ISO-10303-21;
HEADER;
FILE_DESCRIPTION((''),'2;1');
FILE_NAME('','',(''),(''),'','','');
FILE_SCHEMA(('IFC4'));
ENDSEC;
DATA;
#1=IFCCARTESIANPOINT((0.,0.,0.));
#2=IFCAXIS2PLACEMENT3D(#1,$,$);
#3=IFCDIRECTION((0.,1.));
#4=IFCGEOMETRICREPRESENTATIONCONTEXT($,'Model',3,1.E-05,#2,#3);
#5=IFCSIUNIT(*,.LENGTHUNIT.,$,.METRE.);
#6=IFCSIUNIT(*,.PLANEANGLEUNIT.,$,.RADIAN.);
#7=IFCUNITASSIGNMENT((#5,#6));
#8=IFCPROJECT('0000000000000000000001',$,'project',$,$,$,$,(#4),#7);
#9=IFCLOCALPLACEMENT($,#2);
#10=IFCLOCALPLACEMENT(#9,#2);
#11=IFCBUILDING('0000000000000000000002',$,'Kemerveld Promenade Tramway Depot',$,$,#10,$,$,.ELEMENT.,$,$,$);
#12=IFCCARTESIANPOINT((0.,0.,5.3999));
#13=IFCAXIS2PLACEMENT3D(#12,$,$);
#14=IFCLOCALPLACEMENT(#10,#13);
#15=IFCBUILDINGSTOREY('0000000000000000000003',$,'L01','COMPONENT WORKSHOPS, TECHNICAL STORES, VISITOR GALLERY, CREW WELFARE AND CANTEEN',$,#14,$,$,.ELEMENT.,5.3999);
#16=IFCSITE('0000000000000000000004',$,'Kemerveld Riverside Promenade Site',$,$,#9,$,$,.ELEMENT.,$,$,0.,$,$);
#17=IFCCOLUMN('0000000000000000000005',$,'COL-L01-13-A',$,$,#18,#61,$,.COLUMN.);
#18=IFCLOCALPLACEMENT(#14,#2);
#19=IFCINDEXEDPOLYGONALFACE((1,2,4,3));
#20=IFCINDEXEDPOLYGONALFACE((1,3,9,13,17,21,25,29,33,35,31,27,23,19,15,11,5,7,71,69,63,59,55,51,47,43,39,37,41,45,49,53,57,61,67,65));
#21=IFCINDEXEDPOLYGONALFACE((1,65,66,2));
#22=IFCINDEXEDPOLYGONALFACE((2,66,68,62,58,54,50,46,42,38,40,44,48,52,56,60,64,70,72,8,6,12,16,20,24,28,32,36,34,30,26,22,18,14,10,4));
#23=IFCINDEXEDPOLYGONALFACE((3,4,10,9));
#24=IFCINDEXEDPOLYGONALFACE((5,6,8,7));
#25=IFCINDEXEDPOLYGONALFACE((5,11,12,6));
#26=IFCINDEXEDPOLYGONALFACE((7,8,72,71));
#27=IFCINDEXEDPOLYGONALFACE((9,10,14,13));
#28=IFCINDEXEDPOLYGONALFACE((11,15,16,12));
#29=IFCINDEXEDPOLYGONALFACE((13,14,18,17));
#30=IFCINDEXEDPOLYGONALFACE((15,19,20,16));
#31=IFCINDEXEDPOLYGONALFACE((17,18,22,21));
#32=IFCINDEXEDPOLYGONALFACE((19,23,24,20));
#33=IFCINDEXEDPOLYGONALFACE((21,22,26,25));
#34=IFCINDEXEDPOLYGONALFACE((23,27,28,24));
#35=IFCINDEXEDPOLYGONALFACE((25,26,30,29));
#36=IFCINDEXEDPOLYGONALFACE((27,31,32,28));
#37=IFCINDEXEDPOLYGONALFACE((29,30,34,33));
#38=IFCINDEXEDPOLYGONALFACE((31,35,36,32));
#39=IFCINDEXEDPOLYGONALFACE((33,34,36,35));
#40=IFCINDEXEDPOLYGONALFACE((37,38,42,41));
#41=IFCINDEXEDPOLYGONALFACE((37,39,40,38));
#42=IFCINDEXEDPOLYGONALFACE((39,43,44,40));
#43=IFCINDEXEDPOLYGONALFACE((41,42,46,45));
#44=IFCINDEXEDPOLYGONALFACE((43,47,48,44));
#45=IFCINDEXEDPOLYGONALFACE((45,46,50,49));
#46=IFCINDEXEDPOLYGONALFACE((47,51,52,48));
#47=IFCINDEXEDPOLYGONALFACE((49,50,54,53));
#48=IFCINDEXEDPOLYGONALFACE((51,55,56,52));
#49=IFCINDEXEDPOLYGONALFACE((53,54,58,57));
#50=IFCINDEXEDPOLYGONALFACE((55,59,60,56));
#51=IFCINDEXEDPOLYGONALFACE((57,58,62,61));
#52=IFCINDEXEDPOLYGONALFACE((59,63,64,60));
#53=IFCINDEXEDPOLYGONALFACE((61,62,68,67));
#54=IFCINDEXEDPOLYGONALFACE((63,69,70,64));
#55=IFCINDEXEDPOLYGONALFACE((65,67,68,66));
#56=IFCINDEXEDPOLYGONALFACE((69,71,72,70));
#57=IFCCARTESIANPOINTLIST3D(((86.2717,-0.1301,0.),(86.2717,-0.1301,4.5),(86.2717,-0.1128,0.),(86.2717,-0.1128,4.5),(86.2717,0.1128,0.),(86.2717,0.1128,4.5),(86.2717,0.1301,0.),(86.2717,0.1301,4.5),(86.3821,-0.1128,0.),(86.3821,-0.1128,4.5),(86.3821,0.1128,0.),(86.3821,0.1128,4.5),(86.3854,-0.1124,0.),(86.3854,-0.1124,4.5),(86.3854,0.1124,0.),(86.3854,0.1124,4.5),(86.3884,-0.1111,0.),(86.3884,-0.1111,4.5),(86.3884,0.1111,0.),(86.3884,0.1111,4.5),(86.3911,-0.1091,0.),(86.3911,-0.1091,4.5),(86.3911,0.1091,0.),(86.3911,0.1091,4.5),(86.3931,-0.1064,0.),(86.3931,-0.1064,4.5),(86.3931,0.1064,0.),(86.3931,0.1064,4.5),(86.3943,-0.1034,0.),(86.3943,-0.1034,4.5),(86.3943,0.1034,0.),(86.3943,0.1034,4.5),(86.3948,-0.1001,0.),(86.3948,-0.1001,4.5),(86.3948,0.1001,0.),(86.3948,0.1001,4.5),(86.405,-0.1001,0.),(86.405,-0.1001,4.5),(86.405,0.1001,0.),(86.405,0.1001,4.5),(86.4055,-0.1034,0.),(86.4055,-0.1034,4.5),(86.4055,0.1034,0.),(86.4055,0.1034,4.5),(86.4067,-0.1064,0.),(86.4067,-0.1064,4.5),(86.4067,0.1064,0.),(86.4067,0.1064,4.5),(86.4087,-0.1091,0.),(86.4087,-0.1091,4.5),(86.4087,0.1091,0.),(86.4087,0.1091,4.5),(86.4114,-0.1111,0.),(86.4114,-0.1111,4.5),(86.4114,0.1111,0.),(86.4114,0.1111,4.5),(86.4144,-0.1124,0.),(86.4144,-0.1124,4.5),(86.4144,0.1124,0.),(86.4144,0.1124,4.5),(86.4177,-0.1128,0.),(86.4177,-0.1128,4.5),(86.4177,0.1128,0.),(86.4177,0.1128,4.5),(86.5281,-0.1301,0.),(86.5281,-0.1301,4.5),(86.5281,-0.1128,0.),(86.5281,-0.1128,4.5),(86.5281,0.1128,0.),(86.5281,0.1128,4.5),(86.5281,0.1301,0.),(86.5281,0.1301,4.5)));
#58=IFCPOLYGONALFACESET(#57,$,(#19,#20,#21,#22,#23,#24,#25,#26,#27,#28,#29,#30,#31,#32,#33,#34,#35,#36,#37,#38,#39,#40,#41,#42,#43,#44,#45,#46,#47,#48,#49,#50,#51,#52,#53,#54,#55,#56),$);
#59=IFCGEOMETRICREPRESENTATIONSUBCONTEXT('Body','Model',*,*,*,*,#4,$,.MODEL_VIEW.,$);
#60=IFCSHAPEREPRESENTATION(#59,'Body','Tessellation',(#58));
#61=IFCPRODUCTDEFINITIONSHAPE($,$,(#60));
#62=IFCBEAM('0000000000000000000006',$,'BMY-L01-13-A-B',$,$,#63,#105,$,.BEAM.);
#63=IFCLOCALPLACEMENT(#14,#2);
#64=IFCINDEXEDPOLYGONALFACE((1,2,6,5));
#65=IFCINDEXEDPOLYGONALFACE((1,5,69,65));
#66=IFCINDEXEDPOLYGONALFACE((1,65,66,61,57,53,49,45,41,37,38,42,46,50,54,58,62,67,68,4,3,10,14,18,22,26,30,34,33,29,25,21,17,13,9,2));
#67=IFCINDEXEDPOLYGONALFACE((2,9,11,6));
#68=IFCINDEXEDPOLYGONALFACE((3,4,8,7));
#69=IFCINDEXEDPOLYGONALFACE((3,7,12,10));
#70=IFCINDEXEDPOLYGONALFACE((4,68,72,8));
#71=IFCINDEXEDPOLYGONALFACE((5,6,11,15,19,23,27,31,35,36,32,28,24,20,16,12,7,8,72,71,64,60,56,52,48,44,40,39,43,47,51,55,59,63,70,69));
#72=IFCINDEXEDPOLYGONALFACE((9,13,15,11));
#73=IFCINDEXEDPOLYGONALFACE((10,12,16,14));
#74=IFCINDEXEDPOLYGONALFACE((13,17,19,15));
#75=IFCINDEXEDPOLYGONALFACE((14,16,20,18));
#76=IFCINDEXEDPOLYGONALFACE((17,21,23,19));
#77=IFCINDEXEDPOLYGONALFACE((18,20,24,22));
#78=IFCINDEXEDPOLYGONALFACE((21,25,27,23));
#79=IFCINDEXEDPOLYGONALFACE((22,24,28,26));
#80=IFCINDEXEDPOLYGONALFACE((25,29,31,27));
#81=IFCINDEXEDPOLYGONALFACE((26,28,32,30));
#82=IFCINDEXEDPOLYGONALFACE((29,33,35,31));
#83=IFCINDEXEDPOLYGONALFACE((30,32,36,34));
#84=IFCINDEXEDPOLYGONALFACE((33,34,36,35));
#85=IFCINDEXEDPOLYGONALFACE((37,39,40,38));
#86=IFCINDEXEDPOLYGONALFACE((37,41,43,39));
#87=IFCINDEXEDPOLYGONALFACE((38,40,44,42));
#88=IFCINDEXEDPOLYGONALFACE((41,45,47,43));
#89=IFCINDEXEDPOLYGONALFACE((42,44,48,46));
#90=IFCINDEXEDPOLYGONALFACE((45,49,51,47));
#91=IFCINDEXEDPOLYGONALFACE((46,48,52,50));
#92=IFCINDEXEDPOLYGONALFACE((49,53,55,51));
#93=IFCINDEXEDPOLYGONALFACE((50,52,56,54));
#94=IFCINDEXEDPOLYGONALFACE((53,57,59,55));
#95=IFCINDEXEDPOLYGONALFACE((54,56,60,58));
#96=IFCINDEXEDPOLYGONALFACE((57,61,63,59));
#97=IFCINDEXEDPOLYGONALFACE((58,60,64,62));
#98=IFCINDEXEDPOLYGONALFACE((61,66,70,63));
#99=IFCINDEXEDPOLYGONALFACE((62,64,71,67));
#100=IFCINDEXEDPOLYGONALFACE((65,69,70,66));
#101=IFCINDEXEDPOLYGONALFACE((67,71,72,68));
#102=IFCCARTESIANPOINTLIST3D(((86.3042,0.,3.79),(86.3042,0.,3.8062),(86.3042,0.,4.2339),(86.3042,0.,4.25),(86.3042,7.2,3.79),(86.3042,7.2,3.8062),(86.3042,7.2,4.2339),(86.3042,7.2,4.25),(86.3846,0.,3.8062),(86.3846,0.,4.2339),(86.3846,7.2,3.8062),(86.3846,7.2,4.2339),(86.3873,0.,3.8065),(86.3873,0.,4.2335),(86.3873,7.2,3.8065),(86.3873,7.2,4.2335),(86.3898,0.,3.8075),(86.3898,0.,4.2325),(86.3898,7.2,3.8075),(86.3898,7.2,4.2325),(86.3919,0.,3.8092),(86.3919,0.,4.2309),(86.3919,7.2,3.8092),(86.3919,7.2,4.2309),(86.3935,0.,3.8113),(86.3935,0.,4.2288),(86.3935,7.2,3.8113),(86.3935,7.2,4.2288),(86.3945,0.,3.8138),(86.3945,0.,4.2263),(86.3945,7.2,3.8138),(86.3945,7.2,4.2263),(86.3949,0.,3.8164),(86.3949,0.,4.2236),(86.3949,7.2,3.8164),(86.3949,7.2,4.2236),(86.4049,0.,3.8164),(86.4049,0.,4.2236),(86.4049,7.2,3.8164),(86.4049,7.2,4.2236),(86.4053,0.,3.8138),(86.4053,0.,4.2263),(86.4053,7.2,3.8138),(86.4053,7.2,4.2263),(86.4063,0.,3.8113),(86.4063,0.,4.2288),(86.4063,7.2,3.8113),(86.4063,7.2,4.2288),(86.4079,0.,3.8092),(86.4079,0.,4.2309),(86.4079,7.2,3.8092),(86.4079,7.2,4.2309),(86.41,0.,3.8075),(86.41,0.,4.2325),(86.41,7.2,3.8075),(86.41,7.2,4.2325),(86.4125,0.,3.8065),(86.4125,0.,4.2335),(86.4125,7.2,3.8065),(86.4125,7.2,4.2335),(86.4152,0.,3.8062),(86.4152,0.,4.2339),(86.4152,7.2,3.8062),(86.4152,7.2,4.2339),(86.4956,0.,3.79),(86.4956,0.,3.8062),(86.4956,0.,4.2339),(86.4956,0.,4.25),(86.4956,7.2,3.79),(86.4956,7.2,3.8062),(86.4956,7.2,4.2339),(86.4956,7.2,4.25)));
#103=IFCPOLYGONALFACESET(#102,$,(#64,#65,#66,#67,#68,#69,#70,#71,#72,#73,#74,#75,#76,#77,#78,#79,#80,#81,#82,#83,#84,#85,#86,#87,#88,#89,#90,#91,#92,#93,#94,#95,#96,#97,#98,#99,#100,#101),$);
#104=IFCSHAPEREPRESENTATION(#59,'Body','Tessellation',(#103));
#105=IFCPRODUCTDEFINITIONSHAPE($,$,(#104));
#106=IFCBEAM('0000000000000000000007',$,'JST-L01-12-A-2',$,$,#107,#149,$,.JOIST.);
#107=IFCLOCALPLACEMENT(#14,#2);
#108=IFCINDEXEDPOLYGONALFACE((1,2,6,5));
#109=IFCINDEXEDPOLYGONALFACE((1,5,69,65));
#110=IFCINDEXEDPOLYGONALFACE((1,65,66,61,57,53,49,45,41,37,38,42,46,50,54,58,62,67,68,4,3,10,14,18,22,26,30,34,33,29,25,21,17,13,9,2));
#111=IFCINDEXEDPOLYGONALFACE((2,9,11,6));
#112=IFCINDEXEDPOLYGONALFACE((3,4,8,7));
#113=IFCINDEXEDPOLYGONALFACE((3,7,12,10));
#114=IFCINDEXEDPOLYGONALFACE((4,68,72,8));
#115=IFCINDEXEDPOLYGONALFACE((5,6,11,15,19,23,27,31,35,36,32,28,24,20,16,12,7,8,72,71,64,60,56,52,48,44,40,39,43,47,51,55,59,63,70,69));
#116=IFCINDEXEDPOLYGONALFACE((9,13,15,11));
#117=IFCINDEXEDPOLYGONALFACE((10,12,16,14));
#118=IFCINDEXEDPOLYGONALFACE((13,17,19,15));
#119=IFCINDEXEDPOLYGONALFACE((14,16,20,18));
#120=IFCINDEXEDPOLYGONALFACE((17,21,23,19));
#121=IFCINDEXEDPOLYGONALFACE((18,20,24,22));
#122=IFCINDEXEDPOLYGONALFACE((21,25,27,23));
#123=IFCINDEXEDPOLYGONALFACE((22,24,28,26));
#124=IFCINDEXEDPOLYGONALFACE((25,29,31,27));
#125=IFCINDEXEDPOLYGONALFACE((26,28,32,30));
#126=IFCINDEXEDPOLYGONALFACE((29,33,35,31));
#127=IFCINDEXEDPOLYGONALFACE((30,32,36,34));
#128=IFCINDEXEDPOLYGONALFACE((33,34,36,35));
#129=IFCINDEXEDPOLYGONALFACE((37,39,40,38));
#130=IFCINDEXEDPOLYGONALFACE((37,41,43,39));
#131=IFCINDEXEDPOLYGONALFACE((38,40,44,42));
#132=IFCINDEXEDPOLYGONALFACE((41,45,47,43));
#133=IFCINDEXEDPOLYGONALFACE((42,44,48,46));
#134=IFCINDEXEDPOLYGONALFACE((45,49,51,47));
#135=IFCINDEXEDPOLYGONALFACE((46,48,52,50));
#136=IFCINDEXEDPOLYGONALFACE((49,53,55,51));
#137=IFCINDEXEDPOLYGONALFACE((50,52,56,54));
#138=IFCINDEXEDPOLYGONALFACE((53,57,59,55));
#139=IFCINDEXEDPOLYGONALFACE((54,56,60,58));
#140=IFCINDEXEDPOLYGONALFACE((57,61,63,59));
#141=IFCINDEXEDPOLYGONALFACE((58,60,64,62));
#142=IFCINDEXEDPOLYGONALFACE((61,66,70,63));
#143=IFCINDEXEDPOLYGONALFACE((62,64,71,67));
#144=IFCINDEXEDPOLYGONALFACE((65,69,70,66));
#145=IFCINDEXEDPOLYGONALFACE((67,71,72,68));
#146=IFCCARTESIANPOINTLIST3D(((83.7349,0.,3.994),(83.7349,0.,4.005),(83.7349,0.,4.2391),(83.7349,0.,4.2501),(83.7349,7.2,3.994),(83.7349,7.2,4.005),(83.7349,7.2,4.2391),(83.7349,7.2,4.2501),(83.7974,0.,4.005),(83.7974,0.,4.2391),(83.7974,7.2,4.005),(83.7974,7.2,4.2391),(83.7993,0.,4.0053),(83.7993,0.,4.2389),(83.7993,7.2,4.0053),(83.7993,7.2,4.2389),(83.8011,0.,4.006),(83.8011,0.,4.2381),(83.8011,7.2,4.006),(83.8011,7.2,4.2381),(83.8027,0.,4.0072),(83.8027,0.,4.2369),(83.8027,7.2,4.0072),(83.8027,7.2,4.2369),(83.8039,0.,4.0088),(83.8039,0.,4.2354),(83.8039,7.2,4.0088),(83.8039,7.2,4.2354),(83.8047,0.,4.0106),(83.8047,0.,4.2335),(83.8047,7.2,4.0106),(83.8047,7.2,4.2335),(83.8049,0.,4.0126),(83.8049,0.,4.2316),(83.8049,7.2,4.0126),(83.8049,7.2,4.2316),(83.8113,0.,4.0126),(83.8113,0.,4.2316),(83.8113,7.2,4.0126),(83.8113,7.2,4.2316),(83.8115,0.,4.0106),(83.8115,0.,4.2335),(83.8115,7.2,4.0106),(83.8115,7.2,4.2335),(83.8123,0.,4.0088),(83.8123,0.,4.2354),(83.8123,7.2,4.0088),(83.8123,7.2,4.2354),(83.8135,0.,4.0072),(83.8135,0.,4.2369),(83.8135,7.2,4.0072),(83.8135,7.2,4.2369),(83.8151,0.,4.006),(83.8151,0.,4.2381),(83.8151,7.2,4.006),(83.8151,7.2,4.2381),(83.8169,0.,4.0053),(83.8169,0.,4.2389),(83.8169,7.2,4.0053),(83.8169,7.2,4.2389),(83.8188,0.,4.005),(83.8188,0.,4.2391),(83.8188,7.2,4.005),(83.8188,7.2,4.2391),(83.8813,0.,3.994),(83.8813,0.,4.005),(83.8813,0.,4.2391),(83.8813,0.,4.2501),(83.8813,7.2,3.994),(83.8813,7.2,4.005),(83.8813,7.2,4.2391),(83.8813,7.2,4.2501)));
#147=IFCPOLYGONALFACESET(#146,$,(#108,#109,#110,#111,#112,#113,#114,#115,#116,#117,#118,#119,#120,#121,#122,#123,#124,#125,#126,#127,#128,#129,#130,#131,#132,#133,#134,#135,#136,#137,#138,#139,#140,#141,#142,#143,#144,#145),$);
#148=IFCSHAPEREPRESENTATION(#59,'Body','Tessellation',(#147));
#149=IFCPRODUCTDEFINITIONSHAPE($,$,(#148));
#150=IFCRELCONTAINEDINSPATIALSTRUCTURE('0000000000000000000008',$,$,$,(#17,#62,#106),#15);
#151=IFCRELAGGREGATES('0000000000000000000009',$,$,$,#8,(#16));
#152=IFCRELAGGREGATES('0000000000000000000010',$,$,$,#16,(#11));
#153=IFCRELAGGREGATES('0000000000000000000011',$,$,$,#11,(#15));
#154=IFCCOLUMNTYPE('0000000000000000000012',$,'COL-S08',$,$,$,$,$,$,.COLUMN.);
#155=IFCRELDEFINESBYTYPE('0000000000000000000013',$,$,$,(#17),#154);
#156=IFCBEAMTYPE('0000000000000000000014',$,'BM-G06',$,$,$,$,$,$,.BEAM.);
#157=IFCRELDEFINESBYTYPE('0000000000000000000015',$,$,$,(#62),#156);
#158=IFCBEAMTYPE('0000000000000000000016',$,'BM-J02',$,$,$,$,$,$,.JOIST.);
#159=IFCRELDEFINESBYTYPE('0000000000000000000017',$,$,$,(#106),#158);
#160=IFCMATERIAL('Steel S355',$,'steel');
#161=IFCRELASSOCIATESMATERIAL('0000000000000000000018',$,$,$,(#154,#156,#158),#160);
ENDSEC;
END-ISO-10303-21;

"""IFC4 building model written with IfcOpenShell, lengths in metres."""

from ifc_helpers import new_model, si_unit, direction, frame, origin, origin_2d, place, context, subcontext, project, spatial, i_section, extrude, material, material_profile, profile_set, type_object, element, save


model = new_model("IFC4")

# Units and contexts
model_context = context("Model", 3, precision=1e-05, world=origin(), true_north=direction((0.0, 1.0)))
body_context = subcontext(model_context, "Body", "Model", "MODEL_VIEW")
ifc_project = project(units=[si_unit("LENGTHUNIT", "METRE"), si_unit("PLANEANGLEUNIT", "RADIAN")], contexts=[model_context])

# Site, building, storey
site_placement = place(None, origin())
site = spatial("IfcSite", under=ifc_project, at=site_placement, Name="Kemerveld Riverside Promenade Site", CompositionType="ELEMENT", RefElevation=0.0)
building_placement = place(site_placement, origin())
building = spatial("IfcBuilding", under=site, at=building_placement, Name="Kemerveld Promenade Tramway Depot", CompositionType="ELEMENT")
storey_placement = place(building_placement, frame((0.0, 0.0, 5.3999)))
storey = spatial("IfcBuildingStorey", under=building, at=storey_placement, Name="L01", Description="COMPONENT WORKSHOPS, TECHNICAL STORES, VISITOR GALLERY, CREW WELFARE AND CANTEEN", CompositionType="ELEMENT", Elevation=5.3999)

# Column
ifc_material_1 = material(Name="Steel S355", Category="steel")
ifc_material_profile_1 = material_profile(ifc_material_1, i_section(OverallWidth=0.2563, OverallDepth=0.2603, WebThickness=0.0103, FlangeThickness=0.0173, FilletRadius=0.0127, at=origin_2d()), Name="254x254x89 UC")
ifc_profile_set_1 = profile_set([ifc_material_profile_1], Name="Steel S355")
column_type = type_object("IfcColumnType", Name="COL-S08", PredefinedType="COLUMN", material=ifc_profile_set_1)
column_placement = place(storey_placement, frame((86.3999, 0.0, 0.0), z_axis=(0.0, 0.0, 1.0), x_axis=(1.0, 0.0, 0.0)))
element("IfcColumn", 1, at=column_placement, inside=storey, type_object=column_type, Name="COL-L01-13-A", PredefinedType="COLUMN", context=body_context, shape_type="SweptSolid", body=[
    extrude(i_section(OverallWidth=0.2563, OverallDepth=0.2603, WebThickness=0.0103, FlangeThickness=0.0173, FilletRadius=0.0127, at=origin_2d()), origin(), (0.0, 0.0, 1.0), 4.5),
])

# Beams
ifc_material_profile_2 = material_profile(ifc_material_1, i_section(OverallWidth=0.1914, OverallDepth=0.46, WebThickness=0.01, FlangeThickness=0.0161, FilletRadius=0.0103, at=origin_2d()), Name="457x191x82 UB")
ifc_profile_set_2 = profile_set([ifc_material_profile_2], Name="Steel S355")
beam_type_1 = type_object("IfcBeamType", Name="BM-G06", PredefinedType="BEAM", material=ifc_profile_set_2)
beam_1_placement = place(storey_placement, frame((86.3999, 0.0, 4.02), z_axis=(0.0, 1.0, 0.0), x_axis=(-1.0, 0.0, 0.0)))
element("IfcBeam", 2, at=beam_1_placement, inside=storey, type_object=beam_type_1, Name="BMY-L01-13-A-B", PredefinedType="BEAM", context=body_context, shape_type="SweptSolid", body=[
    extrude(i_section(OverallWidth=0.1914, OverallDepth=0.46, WebThickness=0.01, FlangeThickness=0.0161, FilletRadius=0.0103, at=origin_2d()), origin(), (0.0, 0.0, 1.0), 7.2),
])
ifc_material_profile_3 = material_profile(ifc_material_1, i_section(OverallWidth=0.1465, OverallDepth=0.2561, WebThickness=0.0063, FlangeThickness=0.011, FilletRadius=0.0076, at=origin_2d()), Name="254x146x37 UB")
ifc_profile_set_3 = profile_set([ifc_material_profile_3], Name="Steel S355")
beam_type_2 = type_object("IfcBeamType", Name="BM-J02", PredefinedType="JOIST", material=ifc_profile_set_3)
beam_2_placement = place(storey_placement, frame((83.8081, 0.0, 4.1221), z_axis=(0.0, 1.0, 0.0), x_axis=(-1.0, 0.0, 0.0)))
element("IfcBeam", 3, at=beam_2_placement, inside=storey, type_object=beam_type_2, Name="JST-L01-12-A-2", PredefinedType="JOIST", context=body_context, shape_type="SweptSolid", body=[
    extrude(i_section(OverallWidth=0.1465, OverallDepth=0.2561, WebThickness=0.0063, FlangeThickness=0.011, FilletRadius=0.0076, at=origin_2d()), origin(), (0.0, 0.0, 1.0), 7.2),
])

save(model, "model.ifc")
